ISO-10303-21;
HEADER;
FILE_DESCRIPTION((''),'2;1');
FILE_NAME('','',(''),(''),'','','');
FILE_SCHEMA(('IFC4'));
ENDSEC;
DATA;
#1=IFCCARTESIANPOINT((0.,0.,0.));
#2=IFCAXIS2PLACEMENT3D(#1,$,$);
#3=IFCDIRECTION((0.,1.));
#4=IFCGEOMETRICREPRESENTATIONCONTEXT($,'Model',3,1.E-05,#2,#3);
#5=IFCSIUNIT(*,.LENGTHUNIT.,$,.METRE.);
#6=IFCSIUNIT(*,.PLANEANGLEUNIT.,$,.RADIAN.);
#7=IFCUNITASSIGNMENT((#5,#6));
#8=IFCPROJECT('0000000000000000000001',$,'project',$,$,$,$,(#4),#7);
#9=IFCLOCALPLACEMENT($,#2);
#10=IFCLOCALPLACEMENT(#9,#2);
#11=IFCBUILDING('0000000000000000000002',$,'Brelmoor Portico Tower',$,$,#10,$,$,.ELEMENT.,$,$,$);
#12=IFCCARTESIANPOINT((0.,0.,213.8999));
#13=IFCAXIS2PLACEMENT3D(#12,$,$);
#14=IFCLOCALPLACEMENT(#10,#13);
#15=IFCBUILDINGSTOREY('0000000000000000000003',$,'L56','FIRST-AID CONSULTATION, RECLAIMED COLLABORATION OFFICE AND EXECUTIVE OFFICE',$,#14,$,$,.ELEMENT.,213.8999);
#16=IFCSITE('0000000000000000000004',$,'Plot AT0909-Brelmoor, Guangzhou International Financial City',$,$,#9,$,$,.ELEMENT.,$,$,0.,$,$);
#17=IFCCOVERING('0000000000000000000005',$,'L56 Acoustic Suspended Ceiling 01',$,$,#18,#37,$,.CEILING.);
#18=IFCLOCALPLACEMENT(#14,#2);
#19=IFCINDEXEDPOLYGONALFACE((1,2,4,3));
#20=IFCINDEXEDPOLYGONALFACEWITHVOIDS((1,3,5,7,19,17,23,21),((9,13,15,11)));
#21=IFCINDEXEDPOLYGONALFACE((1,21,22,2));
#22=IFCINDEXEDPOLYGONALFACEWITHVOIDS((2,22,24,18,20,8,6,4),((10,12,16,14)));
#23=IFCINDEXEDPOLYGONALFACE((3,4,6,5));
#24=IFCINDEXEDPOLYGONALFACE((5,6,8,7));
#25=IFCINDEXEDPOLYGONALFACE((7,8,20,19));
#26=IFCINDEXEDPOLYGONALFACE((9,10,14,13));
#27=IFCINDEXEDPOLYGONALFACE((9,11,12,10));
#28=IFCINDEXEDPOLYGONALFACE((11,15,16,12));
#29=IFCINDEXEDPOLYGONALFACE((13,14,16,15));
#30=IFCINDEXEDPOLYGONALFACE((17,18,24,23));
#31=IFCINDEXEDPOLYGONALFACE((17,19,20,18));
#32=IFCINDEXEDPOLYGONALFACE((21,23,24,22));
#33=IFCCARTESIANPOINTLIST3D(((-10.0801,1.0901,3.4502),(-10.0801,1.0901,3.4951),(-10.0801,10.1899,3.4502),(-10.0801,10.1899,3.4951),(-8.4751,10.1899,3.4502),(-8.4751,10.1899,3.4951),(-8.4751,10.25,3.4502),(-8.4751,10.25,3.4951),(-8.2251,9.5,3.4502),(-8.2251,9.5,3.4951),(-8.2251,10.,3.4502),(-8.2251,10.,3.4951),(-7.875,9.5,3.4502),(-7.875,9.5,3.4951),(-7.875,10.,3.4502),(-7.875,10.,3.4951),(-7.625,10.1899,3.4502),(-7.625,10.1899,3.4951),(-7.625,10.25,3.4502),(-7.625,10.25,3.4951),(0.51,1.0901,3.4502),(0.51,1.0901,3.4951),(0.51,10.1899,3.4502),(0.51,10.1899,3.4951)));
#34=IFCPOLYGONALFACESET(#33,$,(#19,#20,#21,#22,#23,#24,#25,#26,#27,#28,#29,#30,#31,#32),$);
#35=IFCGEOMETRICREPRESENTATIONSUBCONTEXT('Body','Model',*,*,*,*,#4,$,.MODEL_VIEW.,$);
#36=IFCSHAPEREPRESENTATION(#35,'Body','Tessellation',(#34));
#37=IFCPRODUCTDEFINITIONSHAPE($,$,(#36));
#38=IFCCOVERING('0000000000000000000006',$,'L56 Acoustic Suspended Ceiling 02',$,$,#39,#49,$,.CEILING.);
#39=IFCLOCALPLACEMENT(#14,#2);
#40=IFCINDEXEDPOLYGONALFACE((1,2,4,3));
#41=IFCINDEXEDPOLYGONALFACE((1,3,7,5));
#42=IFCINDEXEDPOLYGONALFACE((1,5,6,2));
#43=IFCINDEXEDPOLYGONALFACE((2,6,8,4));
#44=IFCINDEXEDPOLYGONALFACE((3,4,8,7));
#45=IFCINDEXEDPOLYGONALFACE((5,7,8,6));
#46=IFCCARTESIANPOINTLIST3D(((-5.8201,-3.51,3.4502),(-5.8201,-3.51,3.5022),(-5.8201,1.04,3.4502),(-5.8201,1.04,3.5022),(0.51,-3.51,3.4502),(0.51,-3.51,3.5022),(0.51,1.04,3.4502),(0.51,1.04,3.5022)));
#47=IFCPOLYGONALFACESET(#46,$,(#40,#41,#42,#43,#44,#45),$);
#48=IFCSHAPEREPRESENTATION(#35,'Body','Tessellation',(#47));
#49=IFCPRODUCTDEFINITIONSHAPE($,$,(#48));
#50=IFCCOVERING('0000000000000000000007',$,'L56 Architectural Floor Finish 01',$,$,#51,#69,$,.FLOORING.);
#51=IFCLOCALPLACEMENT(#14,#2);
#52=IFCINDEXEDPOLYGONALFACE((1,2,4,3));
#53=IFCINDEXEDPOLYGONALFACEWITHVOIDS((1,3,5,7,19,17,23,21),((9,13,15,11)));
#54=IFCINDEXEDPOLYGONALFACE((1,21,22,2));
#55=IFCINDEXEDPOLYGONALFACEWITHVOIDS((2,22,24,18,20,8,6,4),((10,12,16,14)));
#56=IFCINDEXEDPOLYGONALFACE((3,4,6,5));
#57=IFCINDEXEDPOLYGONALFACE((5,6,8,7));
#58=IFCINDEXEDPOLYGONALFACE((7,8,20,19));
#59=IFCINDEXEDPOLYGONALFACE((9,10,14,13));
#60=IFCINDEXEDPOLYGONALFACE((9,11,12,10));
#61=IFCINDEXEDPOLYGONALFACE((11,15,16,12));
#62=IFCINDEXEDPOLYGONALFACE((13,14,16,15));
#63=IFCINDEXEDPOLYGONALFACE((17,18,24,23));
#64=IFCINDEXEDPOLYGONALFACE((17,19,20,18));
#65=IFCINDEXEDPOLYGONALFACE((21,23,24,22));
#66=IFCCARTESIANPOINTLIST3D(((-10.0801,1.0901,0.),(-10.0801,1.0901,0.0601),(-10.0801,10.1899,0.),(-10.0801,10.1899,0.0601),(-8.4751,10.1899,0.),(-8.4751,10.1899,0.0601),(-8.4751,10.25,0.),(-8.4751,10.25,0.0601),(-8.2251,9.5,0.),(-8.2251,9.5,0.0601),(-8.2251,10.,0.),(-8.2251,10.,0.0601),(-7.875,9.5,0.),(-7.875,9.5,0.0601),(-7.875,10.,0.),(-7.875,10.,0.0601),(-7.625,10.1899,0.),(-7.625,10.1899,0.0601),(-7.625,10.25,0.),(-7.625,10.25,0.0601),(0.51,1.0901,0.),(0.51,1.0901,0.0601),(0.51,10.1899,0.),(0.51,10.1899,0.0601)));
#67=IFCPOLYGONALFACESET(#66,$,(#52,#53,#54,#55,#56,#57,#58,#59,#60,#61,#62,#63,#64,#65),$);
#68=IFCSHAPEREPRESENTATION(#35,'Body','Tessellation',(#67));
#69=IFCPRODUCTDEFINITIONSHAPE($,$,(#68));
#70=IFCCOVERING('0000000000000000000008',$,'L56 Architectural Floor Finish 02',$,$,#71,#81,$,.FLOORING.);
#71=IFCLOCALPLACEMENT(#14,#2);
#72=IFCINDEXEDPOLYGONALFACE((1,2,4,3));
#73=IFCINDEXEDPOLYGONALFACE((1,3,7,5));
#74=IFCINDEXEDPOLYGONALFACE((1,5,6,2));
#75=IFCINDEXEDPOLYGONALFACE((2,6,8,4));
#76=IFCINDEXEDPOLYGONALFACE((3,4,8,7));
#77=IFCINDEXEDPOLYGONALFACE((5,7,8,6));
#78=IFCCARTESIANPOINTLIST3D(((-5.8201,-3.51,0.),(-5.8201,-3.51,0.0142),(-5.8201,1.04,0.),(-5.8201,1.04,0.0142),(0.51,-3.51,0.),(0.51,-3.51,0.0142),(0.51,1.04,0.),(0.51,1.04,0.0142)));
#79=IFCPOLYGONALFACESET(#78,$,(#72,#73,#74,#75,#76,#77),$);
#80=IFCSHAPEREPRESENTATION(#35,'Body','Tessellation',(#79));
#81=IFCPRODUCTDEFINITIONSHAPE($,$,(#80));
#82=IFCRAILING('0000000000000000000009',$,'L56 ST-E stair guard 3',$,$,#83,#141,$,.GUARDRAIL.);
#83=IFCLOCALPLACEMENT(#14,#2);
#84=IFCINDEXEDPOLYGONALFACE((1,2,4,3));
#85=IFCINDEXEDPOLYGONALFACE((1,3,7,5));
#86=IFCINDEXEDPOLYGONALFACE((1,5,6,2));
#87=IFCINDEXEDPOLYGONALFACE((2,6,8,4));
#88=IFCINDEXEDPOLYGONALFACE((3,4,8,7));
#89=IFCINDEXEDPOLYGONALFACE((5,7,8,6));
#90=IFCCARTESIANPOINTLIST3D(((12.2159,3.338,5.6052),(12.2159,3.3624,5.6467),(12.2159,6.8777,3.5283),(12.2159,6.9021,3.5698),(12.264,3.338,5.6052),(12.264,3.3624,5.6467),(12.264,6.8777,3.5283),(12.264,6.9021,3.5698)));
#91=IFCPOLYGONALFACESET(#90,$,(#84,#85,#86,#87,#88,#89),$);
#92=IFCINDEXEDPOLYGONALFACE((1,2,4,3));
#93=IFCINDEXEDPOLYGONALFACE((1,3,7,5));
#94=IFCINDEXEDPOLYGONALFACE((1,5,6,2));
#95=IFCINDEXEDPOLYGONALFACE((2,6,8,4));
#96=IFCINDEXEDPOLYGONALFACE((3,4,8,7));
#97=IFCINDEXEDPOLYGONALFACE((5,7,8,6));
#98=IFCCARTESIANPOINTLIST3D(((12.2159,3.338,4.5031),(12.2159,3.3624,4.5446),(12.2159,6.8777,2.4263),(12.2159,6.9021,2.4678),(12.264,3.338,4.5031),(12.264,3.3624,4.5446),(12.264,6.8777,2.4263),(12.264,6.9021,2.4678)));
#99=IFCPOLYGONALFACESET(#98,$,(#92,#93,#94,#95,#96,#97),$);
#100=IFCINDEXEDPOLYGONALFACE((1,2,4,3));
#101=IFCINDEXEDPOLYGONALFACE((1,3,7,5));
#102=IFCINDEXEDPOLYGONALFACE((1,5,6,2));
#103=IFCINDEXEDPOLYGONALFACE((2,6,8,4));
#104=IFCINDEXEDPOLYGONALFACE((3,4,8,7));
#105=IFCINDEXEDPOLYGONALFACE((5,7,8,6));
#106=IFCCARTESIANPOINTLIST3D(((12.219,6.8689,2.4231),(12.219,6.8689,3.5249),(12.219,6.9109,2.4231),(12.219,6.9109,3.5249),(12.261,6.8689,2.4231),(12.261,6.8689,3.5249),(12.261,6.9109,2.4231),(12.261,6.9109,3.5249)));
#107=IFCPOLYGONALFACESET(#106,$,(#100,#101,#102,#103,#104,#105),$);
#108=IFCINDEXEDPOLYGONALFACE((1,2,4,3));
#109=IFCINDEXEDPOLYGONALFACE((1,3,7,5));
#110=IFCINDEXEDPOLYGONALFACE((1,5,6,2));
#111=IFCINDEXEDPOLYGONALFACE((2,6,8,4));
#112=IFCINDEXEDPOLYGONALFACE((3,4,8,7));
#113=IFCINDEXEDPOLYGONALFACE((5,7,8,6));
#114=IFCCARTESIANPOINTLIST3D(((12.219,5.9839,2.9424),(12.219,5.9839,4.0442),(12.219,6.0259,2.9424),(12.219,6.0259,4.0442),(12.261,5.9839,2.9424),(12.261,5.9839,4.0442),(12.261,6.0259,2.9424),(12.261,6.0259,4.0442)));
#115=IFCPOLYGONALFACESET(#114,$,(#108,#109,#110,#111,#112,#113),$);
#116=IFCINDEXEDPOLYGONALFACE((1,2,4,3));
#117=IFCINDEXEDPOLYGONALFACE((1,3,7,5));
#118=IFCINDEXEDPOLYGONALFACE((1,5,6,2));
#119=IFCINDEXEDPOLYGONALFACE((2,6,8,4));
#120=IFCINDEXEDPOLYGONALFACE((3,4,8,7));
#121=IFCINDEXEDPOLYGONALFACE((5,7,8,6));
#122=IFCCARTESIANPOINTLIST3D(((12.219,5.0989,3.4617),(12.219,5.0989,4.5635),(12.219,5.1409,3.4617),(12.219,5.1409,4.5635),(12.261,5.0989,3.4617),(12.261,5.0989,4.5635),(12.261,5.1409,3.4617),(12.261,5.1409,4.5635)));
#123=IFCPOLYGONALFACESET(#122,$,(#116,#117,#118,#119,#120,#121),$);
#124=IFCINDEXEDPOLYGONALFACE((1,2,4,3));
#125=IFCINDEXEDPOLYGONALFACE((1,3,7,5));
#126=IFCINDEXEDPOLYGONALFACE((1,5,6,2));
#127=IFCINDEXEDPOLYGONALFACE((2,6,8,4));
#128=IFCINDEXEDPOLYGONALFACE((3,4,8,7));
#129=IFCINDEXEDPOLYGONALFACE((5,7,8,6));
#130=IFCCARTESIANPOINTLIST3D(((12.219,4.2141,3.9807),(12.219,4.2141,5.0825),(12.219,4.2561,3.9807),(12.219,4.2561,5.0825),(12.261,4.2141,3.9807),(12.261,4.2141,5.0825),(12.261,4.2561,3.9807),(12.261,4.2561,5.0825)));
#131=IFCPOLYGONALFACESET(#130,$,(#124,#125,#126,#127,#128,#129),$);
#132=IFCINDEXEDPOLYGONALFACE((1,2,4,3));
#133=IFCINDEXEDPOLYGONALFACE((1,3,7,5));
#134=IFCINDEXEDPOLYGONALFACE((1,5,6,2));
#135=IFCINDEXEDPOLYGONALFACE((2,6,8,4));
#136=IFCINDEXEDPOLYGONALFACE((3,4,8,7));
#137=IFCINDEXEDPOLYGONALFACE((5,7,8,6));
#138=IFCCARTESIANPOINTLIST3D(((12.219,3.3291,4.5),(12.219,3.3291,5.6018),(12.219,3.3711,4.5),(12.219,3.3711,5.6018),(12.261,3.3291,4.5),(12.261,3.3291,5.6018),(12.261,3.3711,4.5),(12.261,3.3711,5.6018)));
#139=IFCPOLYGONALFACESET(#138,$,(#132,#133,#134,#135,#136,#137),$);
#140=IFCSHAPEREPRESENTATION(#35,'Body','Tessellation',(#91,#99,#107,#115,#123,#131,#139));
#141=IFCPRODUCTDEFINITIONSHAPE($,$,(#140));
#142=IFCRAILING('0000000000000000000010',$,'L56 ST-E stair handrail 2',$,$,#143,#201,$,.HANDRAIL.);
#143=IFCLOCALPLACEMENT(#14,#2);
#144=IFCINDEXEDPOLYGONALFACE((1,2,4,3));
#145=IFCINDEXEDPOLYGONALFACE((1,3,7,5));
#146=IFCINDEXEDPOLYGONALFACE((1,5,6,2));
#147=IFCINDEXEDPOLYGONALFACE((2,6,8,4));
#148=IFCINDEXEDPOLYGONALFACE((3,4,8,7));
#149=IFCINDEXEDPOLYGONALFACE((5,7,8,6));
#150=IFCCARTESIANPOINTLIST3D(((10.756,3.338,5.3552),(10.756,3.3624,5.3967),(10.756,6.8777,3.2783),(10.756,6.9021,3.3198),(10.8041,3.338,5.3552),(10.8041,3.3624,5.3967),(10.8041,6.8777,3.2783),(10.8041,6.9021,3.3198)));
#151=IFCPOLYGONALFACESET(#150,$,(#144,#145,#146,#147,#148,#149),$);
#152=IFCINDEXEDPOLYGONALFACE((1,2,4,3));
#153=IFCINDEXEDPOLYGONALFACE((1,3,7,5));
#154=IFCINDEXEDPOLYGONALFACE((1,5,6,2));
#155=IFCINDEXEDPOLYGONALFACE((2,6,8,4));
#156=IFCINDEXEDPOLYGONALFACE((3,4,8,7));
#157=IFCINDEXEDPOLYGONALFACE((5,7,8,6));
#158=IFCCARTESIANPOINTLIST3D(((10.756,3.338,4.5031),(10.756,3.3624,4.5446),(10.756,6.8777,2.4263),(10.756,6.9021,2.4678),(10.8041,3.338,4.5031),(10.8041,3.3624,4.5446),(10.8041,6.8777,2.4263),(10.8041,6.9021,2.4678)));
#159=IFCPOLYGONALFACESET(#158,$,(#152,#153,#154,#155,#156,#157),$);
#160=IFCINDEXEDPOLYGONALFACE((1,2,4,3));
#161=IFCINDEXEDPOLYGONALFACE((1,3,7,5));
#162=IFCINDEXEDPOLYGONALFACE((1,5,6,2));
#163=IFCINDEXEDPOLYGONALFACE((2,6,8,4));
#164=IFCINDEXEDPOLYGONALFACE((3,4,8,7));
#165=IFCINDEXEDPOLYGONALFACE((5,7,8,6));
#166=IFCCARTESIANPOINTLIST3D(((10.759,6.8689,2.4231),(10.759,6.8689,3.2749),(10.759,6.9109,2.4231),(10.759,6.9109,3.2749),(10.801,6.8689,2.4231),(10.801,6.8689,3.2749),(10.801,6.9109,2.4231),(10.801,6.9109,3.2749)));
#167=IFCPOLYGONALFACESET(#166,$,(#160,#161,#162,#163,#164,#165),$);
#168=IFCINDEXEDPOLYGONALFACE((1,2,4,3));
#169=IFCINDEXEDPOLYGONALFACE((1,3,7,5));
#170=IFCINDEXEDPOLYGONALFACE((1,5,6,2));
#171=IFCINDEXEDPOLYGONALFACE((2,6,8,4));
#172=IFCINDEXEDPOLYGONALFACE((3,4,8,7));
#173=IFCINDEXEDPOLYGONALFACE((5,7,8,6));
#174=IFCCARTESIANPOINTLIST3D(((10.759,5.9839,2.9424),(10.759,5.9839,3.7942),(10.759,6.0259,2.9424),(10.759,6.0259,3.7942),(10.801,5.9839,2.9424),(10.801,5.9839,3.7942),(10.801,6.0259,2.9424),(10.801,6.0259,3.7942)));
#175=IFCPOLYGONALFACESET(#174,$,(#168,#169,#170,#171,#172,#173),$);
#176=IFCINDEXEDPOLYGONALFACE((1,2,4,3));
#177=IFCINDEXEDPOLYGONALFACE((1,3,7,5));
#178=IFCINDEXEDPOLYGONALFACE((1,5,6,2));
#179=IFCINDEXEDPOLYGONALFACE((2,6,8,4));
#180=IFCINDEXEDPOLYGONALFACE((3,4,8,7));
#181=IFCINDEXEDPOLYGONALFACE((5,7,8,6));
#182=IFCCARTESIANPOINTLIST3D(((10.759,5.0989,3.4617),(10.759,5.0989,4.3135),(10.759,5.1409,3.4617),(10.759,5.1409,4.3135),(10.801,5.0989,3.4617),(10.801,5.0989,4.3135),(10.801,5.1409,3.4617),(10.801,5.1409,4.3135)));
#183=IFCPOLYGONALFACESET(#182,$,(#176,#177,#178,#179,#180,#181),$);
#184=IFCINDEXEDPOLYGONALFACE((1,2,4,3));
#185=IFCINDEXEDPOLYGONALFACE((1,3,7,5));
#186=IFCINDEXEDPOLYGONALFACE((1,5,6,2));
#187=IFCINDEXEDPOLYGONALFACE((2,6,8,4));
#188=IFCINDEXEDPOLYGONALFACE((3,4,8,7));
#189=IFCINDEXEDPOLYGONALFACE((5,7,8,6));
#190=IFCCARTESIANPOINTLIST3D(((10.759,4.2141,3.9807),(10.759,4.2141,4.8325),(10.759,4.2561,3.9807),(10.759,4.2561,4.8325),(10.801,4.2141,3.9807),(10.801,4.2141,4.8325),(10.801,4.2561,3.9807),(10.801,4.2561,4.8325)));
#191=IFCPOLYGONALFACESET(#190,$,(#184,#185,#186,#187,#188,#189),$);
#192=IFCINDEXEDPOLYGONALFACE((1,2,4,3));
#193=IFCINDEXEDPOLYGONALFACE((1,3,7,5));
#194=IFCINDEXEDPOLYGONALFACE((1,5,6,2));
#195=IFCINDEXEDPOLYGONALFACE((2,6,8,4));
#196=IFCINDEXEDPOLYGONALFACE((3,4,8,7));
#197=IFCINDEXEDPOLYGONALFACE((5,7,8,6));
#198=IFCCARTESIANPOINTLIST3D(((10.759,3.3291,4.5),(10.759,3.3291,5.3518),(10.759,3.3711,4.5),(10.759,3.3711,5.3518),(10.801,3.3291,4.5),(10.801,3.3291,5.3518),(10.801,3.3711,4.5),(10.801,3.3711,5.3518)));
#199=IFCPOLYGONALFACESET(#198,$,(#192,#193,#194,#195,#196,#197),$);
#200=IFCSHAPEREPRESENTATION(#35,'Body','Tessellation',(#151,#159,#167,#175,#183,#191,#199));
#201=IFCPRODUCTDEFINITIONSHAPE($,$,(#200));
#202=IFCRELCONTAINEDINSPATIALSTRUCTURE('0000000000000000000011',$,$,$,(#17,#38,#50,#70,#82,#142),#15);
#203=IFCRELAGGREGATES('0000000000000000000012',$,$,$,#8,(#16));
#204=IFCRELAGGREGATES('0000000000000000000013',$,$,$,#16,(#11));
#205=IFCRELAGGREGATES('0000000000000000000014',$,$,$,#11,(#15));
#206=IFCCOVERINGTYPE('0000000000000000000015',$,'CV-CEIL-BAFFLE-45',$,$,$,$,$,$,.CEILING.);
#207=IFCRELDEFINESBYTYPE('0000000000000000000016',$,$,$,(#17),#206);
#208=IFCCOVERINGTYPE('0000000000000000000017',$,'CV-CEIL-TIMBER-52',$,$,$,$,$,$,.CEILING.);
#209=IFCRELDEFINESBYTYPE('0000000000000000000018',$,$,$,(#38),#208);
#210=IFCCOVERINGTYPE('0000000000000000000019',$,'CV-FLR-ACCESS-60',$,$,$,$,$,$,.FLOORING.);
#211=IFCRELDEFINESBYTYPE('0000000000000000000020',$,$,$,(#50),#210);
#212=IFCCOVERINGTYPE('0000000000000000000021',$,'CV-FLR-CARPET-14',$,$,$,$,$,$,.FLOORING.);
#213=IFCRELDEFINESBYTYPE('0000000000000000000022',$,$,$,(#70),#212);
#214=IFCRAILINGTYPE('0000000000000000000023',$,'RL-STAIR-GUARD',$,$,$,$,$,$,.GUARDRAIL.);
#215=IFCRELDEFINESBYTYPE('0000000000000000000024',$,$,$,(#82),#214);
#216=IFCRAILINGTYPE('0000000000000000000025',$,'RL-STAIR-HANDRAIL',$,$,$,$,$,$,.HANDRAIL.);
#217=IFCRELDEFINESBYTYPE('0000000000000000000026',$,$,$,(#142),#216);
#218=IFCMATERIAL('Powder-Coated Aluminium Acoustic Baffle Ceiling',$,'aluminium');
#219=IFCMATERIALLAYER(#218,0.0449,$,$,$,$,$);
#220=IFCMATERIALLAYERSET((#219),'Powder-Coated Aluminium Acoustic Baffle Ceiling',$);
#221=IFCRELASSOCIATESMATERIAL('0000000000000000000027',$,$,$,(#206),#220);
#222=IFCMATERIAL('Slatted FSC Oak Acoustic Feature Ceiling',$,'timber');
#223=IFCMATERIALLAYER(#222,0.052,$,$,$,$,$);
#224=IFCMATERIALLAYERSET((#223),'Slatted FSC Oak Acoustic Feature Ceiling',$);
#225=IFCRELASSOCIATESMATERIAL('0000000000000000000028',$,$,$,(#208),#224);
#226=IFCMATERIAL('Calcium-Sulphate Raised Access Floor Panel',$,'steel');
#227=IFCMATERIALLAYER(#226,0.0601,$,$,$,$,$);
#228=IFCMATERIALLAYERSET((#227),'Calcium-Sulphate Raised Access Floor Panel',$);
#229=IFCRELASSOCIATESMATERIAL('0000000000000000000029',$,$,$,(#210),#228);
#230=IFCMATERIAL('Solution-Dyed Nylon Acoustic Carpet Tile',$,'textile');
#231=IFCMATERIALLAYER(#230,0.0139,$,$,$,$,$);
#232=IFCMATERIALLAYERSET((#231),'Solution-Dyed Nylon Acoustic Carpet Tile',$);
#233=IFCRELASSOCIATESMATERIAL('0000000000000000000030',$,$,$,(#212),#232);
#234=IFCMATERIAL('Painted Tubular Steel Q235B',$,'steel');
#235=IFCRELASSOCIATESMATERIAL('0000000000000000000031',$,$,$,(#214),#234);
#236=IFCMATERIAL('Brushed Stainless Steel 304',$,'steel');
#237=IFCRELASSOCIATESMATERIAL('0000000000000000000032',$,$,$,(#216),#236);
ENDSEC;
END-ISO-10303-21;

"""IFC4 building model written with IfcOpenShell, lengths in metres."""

from ifc_helpers import new_model, si_unit, direction, frame, origin, origin_2d, place, context, subcontext, project, spatial, polyline, rectangle, outline, extrude, material, layer, layer_set, type_object, element, save


model = new_model("IFC4")

# Units and contexts
model_context = context("Model", 3, precision=1e-05, world=origin(), true_north=direction((0.0, 1.0)))
body_context = subcontext(model_context, "Body", "Model", "MODEL_VIEW")
ifc_project = project(units=[si_unit("LENGTHUNIT", "METRE"), si_unit("PLANEANGLEUNIT", "RADIAN")], contexts=[model_context])

# Site, building, storey
site_placement = place(None, origin())
site = spatial("IfcSite", under=ifc_project, at=site_placement, Name="Plot AT0909-Brelmoor, Guangzhou International Financial City", CompositionType="ELEMENT", RefElevation=0.0)
building_placement = place(site_placement, origin())
building = spatial("IfcBuilding", under=site, at=building_placement, Name="Brelmoor Portico Tower", CompositionType="ELEMENT")
storey_placement = place(building_placement, frame((0.0, 0.0, 213.8999)))
storey = spatial("IfcBuildingStorey", under=building, at=storey_placement, Name="L56", Description="FIRST-AID CONSULTATION, RECLAIMED COLLABORATION OFFICE AND EXECUTIVE OFFICE", CompositionType="ELEMENT", Elevation=213.8999)

# Coverings
ifc_material_1 = material(Name="Powder-Coated Aluminium Acoustic Baffle Ceiling", Category="aluminium")
ifc_layer_1 = layer(ifc_material_1, 0.0449)
ifc_layer_set_1 = layer_set([ifc_layer_1], Name="Powder-Coated Aluminium Acoustic Baffle Ceiling")
covering_type_1 = type_object("IfcCoveringType", Name="CV-CEIL-BAFFLE-45", PredefinedType="CEILING", material=ifc_layer_set_1)
covering_1_placement = place(storey_placement, frame((0.0, 0.0, 3.4502)))
element("IfcCovering", 1, at=covering_1_placement, inside=storey, type_object=covering_type_1, Name="L56 Acoustic Suspended Ceiling 01", PredefinedType="CEILING", context=body_context, shape_type="SweptSolid", body=[
    extrude(outline(polyline([(-10.0801, 10.1899), (-8.4751, 10.1899), (-8.4751, 10.25), (-7.625, 10.25), (-7.625, 10.1899), (0.51, 10.1899), (0.51, 1.0901), (-10.0801, 1.0901), (-10.0801, 10.1899)]), holes=[polyline([(-7.875, 9.5), (-7.875, 10.0), (-8.2251, 10.0), (-8.2251, 9.5), (-7.875, 9.5)])]), origin(), (0.0, 0.0, 1.0), 0.0449),
])
ifc_material_2 = material(Name="Slatted FSC Oak Acoustic Feature Ceiling", Category="timber")
ifc_layer_2 = layer(ifc_material_2, 0.052)
ifc_layer_set_2 = layer_set([ifc_layer_2], Name="Slatted FSC Oak Acoustic Feature Ceiling")
covering_type_2 = type_object("IfcCoveringType", Name="CV-CEIL-TIMBER-52", PredefinedType="CEILING", material=ifc_layer_set_2)
covering_2_placement = place(storey_placement, frame((0.0, 0.0, 3.4502)))
element("IfcCovering", 2, at=covering_2_placement, inside=storey, type_object=covering_type_2, Name="L56 Acoustic Suspended Ceiling 02", PredefinedType="CEILING", context=body_context, shape_type="SweptSolid", body=[
    extrude(outline(polyline([(-5.8201, -3.51), (-5.8201, 1.04), (0.51, 1.04), (0.51, -3.51), (-5.8201, -3.51)])), origin(), (0.0, 0.0, 1.0), 0.052),
])
ifc_material_3 = material(Name="Calcium-Sulphate Raised Access Floor Panel", Category="steel")
ifc_layer_3 = layer(ifc_material_3, 0.0601)
ifc_layer_set_3 = layer_set([ifc_layer_3], Name="Calcium-Sulphate Raised Access Floor Panel")
covering_type_3 = type_object("IfcCoveringType", Name="CV-FLR-ACCESS-60", PredefinedType="FLOORING", material=ifc_layer_set_3)
covering_3_placement = place(storey_placement, origin())
element("IfcCovering", 3, at=covering_3_placement, inside=storey, type_object=covering_type_3, Name="L56 Architectural Floor Finish 01", PredefinedType="FLOORING", context=body_context, shape_type="SweptSolid", body=[
    extrude(outline(polyline([(-10.0801, 10.1899), (-8.4751, 10.1899), (-8.4751, 10.25), (-7.625, 10.25), (-7.625, 10.1899), (0.51, 10.1899), (0.51, 1.0901), (-10.0801, 1.0901), (-10.0801, 10.1899)]), holes=[polyline([(-7.875, 9.5), (-7.875, 10.0), (-8.2251, 10.0), (-8.2251, 9.5), (-7.875, 9.5)])]), origin(), (0.0, 0.0, 1.0), 0.0601),
])
ifc_material_4 = material(Name="Solution-Dyed Nylon Acoustic Carpet Tile", Category="textile")
ifc_layer_4 = layer(ifc_material_4, 0.0139)
ifc_layer_set_4 = layer_set([ifc_layer_4], Name="Solution-Dyed Nylon Acoustic Carpet Tile")
covering_type_4 = type_object("IfcCoveringType", Name="CV-FLR-CARPET-14", PredefinedType="FLOORING", material=ifc_layer_set_4)
covering_4_placement = place(storey_placement, origin())
element("IfcCovering", 4, at=covering_4_placement, inside=storey, type_object=covering_type_4, Name="L56 Architectural Floor Finish 02", PredefinedType="FLOORING", context=body_context, shape_type="SweptSolid", body=[
    extrude(outline(polyline([(-5.8201, -3.51), (-5.8201, 1.04), (0.51, 1.04), (0.51, -3.51), (-5.8201, -3.51)])), origin(), (0.0, 0.0, 1.0), 0.0142),
])

# Railings
ifc_material_5 = material(Name="Painted Tubular Steel Q235B", Category="steel")
railing_type_1 = type_object("IfcRailingType", Name="RL-STAIR-GUARD", PredefinedType="GUARDRAIL", material=ifc_material_5)
railing_1_placement = place(storey_placement, frame((12.24, 6.8899, 2.4231)))
element("IfcRailing", 5, at=railing_1_placement, inside=storey, type_object=railing_type_1, Name="L56 ST-E stair guard 3", PredefinedType="GUARDRAIL", context=body_context, shape_type="SweptSolid", body=[
    extrude(rectangle(XDim=0.0481, YDim=0.0481, at=origin_2d()), frame((0.0, 0.0, 1.126), z_axis=(0.0, -0.862501, 0.506055), x_axis=(1.0, 0.0, 0.0)), (0.0, 0.0, 1.0), 4.104),
    extrude(rectangle(XDim=0.0481, YDim=0.0481, at=origin_2d()), frame((0.0, 0.0, 0.0239), z_axis=(0.0, -0.862501, 0.506055), x_axis=(1.0, 0.0, 0.0)), (0.0, 0.0, 1.0), 4.104),
    extrude(rectangle(XDim=0.042, YDim=0.042, at=origin_2d()), origin(), (0.0, 0.0, 1.0), 1.1018),
    extrude(rectangle(XDim=0.042, YDim=0.042, at=origin_2d()), frame((0.0, -0.885, 0.5193)), (0.0, 0.0, 1.0), 1.1018),
    extrude(rectangle(XDim=0.042, YDim=0.042, at=origin_2d()), frame((0.0, -1.77, 1.0386)), (0.0, 0.0, 1.0), 1.1018),
    extrude(rectangle(XDim=0.042, YDim=0.042, at=origin_2d()), frame((0.0, -2.6548, 1.5576)), (0.0, 0.0, 1.0), 1.1018),
    extrude(rectangle(XDim=0.042, YDim=0.042, at=origin_2d()), frame((0.0, -3.5398, 2.0769)), (0.0, 0.0, 1.0), 1.1018),
])
ifc_material_6 = material(Name="Brushed Stainless Steel 304", Category="steel")
railing_type_2 = type_object("IfcRailingType", Name="RL-STAIR-HANDRAIL", PredefinedType="HANDRAIL", material=ifc_material_6)
railing_2_placement = place(storey_placement, frame((10.78, 6.8899, 2.4231)))
element("IfcRailing", 6, at=railing_2_placement, inside=storey, type_object=railing_type_2, Name="L56 ST-E stair handrail 2", PredefinedType="HANDRAIL", context=body_context, shape_type="SweptSolid", body=[
    extrude(rectangle(XDim=0.0481, YDim=0.0481, at=origin_2d()), frame((0.0, 0.0, 0.876), z_axis=(0.0, -0.862501, 0.506055), x_axis=(1.0, 0.0, 0.0)), (0.0, 0.0, 1.0), 4.104),
    extrude(rectangle(XDim=0.0481, YDim=0.0481, at=origin_2d()), frame((0.0, 0.0, 0.0239), z_axis=(0.0, -0.862501, 0.506055), x_axis=(1.0, 0.0, 0.0)), (0.0, 0.0, 1.0), 4.104),
    extrude(rectangle(XDim=0.042, YDim=0.042, at=origin_2d()), origin(), (0.0, 0.0, 1.0), 0.8518),
    extrude(rectangle(XDim=0.042, YDim=0.042, at=origin_2d()), frame((0.0, -0.885, 0.5193)), (0.0, 0.0, 1.0), 0.8518),
    extrude(rectangle(XDim=0.042, YDim=0.042, at=origin_2d()), frame((0.0, -1.77, 1.0386)), (0.0, 0.0, 1.0), 0.8518),
    extrude(rectangle(XDim=0.042, YDim=0.042, at=origin_2d()), frame((0.0, -2.6548, 1.5576)), (0.0, 0.0, 1.0), 0.8518),
    extrude(rectangle(XDim=0.042, YDim=0.042, at=origin_2d()), frame((0.0, -3.5398, 2.0769)), (0.0, 0.0, 1.0), 0.8518),
])

save(model, "model.ifc")
